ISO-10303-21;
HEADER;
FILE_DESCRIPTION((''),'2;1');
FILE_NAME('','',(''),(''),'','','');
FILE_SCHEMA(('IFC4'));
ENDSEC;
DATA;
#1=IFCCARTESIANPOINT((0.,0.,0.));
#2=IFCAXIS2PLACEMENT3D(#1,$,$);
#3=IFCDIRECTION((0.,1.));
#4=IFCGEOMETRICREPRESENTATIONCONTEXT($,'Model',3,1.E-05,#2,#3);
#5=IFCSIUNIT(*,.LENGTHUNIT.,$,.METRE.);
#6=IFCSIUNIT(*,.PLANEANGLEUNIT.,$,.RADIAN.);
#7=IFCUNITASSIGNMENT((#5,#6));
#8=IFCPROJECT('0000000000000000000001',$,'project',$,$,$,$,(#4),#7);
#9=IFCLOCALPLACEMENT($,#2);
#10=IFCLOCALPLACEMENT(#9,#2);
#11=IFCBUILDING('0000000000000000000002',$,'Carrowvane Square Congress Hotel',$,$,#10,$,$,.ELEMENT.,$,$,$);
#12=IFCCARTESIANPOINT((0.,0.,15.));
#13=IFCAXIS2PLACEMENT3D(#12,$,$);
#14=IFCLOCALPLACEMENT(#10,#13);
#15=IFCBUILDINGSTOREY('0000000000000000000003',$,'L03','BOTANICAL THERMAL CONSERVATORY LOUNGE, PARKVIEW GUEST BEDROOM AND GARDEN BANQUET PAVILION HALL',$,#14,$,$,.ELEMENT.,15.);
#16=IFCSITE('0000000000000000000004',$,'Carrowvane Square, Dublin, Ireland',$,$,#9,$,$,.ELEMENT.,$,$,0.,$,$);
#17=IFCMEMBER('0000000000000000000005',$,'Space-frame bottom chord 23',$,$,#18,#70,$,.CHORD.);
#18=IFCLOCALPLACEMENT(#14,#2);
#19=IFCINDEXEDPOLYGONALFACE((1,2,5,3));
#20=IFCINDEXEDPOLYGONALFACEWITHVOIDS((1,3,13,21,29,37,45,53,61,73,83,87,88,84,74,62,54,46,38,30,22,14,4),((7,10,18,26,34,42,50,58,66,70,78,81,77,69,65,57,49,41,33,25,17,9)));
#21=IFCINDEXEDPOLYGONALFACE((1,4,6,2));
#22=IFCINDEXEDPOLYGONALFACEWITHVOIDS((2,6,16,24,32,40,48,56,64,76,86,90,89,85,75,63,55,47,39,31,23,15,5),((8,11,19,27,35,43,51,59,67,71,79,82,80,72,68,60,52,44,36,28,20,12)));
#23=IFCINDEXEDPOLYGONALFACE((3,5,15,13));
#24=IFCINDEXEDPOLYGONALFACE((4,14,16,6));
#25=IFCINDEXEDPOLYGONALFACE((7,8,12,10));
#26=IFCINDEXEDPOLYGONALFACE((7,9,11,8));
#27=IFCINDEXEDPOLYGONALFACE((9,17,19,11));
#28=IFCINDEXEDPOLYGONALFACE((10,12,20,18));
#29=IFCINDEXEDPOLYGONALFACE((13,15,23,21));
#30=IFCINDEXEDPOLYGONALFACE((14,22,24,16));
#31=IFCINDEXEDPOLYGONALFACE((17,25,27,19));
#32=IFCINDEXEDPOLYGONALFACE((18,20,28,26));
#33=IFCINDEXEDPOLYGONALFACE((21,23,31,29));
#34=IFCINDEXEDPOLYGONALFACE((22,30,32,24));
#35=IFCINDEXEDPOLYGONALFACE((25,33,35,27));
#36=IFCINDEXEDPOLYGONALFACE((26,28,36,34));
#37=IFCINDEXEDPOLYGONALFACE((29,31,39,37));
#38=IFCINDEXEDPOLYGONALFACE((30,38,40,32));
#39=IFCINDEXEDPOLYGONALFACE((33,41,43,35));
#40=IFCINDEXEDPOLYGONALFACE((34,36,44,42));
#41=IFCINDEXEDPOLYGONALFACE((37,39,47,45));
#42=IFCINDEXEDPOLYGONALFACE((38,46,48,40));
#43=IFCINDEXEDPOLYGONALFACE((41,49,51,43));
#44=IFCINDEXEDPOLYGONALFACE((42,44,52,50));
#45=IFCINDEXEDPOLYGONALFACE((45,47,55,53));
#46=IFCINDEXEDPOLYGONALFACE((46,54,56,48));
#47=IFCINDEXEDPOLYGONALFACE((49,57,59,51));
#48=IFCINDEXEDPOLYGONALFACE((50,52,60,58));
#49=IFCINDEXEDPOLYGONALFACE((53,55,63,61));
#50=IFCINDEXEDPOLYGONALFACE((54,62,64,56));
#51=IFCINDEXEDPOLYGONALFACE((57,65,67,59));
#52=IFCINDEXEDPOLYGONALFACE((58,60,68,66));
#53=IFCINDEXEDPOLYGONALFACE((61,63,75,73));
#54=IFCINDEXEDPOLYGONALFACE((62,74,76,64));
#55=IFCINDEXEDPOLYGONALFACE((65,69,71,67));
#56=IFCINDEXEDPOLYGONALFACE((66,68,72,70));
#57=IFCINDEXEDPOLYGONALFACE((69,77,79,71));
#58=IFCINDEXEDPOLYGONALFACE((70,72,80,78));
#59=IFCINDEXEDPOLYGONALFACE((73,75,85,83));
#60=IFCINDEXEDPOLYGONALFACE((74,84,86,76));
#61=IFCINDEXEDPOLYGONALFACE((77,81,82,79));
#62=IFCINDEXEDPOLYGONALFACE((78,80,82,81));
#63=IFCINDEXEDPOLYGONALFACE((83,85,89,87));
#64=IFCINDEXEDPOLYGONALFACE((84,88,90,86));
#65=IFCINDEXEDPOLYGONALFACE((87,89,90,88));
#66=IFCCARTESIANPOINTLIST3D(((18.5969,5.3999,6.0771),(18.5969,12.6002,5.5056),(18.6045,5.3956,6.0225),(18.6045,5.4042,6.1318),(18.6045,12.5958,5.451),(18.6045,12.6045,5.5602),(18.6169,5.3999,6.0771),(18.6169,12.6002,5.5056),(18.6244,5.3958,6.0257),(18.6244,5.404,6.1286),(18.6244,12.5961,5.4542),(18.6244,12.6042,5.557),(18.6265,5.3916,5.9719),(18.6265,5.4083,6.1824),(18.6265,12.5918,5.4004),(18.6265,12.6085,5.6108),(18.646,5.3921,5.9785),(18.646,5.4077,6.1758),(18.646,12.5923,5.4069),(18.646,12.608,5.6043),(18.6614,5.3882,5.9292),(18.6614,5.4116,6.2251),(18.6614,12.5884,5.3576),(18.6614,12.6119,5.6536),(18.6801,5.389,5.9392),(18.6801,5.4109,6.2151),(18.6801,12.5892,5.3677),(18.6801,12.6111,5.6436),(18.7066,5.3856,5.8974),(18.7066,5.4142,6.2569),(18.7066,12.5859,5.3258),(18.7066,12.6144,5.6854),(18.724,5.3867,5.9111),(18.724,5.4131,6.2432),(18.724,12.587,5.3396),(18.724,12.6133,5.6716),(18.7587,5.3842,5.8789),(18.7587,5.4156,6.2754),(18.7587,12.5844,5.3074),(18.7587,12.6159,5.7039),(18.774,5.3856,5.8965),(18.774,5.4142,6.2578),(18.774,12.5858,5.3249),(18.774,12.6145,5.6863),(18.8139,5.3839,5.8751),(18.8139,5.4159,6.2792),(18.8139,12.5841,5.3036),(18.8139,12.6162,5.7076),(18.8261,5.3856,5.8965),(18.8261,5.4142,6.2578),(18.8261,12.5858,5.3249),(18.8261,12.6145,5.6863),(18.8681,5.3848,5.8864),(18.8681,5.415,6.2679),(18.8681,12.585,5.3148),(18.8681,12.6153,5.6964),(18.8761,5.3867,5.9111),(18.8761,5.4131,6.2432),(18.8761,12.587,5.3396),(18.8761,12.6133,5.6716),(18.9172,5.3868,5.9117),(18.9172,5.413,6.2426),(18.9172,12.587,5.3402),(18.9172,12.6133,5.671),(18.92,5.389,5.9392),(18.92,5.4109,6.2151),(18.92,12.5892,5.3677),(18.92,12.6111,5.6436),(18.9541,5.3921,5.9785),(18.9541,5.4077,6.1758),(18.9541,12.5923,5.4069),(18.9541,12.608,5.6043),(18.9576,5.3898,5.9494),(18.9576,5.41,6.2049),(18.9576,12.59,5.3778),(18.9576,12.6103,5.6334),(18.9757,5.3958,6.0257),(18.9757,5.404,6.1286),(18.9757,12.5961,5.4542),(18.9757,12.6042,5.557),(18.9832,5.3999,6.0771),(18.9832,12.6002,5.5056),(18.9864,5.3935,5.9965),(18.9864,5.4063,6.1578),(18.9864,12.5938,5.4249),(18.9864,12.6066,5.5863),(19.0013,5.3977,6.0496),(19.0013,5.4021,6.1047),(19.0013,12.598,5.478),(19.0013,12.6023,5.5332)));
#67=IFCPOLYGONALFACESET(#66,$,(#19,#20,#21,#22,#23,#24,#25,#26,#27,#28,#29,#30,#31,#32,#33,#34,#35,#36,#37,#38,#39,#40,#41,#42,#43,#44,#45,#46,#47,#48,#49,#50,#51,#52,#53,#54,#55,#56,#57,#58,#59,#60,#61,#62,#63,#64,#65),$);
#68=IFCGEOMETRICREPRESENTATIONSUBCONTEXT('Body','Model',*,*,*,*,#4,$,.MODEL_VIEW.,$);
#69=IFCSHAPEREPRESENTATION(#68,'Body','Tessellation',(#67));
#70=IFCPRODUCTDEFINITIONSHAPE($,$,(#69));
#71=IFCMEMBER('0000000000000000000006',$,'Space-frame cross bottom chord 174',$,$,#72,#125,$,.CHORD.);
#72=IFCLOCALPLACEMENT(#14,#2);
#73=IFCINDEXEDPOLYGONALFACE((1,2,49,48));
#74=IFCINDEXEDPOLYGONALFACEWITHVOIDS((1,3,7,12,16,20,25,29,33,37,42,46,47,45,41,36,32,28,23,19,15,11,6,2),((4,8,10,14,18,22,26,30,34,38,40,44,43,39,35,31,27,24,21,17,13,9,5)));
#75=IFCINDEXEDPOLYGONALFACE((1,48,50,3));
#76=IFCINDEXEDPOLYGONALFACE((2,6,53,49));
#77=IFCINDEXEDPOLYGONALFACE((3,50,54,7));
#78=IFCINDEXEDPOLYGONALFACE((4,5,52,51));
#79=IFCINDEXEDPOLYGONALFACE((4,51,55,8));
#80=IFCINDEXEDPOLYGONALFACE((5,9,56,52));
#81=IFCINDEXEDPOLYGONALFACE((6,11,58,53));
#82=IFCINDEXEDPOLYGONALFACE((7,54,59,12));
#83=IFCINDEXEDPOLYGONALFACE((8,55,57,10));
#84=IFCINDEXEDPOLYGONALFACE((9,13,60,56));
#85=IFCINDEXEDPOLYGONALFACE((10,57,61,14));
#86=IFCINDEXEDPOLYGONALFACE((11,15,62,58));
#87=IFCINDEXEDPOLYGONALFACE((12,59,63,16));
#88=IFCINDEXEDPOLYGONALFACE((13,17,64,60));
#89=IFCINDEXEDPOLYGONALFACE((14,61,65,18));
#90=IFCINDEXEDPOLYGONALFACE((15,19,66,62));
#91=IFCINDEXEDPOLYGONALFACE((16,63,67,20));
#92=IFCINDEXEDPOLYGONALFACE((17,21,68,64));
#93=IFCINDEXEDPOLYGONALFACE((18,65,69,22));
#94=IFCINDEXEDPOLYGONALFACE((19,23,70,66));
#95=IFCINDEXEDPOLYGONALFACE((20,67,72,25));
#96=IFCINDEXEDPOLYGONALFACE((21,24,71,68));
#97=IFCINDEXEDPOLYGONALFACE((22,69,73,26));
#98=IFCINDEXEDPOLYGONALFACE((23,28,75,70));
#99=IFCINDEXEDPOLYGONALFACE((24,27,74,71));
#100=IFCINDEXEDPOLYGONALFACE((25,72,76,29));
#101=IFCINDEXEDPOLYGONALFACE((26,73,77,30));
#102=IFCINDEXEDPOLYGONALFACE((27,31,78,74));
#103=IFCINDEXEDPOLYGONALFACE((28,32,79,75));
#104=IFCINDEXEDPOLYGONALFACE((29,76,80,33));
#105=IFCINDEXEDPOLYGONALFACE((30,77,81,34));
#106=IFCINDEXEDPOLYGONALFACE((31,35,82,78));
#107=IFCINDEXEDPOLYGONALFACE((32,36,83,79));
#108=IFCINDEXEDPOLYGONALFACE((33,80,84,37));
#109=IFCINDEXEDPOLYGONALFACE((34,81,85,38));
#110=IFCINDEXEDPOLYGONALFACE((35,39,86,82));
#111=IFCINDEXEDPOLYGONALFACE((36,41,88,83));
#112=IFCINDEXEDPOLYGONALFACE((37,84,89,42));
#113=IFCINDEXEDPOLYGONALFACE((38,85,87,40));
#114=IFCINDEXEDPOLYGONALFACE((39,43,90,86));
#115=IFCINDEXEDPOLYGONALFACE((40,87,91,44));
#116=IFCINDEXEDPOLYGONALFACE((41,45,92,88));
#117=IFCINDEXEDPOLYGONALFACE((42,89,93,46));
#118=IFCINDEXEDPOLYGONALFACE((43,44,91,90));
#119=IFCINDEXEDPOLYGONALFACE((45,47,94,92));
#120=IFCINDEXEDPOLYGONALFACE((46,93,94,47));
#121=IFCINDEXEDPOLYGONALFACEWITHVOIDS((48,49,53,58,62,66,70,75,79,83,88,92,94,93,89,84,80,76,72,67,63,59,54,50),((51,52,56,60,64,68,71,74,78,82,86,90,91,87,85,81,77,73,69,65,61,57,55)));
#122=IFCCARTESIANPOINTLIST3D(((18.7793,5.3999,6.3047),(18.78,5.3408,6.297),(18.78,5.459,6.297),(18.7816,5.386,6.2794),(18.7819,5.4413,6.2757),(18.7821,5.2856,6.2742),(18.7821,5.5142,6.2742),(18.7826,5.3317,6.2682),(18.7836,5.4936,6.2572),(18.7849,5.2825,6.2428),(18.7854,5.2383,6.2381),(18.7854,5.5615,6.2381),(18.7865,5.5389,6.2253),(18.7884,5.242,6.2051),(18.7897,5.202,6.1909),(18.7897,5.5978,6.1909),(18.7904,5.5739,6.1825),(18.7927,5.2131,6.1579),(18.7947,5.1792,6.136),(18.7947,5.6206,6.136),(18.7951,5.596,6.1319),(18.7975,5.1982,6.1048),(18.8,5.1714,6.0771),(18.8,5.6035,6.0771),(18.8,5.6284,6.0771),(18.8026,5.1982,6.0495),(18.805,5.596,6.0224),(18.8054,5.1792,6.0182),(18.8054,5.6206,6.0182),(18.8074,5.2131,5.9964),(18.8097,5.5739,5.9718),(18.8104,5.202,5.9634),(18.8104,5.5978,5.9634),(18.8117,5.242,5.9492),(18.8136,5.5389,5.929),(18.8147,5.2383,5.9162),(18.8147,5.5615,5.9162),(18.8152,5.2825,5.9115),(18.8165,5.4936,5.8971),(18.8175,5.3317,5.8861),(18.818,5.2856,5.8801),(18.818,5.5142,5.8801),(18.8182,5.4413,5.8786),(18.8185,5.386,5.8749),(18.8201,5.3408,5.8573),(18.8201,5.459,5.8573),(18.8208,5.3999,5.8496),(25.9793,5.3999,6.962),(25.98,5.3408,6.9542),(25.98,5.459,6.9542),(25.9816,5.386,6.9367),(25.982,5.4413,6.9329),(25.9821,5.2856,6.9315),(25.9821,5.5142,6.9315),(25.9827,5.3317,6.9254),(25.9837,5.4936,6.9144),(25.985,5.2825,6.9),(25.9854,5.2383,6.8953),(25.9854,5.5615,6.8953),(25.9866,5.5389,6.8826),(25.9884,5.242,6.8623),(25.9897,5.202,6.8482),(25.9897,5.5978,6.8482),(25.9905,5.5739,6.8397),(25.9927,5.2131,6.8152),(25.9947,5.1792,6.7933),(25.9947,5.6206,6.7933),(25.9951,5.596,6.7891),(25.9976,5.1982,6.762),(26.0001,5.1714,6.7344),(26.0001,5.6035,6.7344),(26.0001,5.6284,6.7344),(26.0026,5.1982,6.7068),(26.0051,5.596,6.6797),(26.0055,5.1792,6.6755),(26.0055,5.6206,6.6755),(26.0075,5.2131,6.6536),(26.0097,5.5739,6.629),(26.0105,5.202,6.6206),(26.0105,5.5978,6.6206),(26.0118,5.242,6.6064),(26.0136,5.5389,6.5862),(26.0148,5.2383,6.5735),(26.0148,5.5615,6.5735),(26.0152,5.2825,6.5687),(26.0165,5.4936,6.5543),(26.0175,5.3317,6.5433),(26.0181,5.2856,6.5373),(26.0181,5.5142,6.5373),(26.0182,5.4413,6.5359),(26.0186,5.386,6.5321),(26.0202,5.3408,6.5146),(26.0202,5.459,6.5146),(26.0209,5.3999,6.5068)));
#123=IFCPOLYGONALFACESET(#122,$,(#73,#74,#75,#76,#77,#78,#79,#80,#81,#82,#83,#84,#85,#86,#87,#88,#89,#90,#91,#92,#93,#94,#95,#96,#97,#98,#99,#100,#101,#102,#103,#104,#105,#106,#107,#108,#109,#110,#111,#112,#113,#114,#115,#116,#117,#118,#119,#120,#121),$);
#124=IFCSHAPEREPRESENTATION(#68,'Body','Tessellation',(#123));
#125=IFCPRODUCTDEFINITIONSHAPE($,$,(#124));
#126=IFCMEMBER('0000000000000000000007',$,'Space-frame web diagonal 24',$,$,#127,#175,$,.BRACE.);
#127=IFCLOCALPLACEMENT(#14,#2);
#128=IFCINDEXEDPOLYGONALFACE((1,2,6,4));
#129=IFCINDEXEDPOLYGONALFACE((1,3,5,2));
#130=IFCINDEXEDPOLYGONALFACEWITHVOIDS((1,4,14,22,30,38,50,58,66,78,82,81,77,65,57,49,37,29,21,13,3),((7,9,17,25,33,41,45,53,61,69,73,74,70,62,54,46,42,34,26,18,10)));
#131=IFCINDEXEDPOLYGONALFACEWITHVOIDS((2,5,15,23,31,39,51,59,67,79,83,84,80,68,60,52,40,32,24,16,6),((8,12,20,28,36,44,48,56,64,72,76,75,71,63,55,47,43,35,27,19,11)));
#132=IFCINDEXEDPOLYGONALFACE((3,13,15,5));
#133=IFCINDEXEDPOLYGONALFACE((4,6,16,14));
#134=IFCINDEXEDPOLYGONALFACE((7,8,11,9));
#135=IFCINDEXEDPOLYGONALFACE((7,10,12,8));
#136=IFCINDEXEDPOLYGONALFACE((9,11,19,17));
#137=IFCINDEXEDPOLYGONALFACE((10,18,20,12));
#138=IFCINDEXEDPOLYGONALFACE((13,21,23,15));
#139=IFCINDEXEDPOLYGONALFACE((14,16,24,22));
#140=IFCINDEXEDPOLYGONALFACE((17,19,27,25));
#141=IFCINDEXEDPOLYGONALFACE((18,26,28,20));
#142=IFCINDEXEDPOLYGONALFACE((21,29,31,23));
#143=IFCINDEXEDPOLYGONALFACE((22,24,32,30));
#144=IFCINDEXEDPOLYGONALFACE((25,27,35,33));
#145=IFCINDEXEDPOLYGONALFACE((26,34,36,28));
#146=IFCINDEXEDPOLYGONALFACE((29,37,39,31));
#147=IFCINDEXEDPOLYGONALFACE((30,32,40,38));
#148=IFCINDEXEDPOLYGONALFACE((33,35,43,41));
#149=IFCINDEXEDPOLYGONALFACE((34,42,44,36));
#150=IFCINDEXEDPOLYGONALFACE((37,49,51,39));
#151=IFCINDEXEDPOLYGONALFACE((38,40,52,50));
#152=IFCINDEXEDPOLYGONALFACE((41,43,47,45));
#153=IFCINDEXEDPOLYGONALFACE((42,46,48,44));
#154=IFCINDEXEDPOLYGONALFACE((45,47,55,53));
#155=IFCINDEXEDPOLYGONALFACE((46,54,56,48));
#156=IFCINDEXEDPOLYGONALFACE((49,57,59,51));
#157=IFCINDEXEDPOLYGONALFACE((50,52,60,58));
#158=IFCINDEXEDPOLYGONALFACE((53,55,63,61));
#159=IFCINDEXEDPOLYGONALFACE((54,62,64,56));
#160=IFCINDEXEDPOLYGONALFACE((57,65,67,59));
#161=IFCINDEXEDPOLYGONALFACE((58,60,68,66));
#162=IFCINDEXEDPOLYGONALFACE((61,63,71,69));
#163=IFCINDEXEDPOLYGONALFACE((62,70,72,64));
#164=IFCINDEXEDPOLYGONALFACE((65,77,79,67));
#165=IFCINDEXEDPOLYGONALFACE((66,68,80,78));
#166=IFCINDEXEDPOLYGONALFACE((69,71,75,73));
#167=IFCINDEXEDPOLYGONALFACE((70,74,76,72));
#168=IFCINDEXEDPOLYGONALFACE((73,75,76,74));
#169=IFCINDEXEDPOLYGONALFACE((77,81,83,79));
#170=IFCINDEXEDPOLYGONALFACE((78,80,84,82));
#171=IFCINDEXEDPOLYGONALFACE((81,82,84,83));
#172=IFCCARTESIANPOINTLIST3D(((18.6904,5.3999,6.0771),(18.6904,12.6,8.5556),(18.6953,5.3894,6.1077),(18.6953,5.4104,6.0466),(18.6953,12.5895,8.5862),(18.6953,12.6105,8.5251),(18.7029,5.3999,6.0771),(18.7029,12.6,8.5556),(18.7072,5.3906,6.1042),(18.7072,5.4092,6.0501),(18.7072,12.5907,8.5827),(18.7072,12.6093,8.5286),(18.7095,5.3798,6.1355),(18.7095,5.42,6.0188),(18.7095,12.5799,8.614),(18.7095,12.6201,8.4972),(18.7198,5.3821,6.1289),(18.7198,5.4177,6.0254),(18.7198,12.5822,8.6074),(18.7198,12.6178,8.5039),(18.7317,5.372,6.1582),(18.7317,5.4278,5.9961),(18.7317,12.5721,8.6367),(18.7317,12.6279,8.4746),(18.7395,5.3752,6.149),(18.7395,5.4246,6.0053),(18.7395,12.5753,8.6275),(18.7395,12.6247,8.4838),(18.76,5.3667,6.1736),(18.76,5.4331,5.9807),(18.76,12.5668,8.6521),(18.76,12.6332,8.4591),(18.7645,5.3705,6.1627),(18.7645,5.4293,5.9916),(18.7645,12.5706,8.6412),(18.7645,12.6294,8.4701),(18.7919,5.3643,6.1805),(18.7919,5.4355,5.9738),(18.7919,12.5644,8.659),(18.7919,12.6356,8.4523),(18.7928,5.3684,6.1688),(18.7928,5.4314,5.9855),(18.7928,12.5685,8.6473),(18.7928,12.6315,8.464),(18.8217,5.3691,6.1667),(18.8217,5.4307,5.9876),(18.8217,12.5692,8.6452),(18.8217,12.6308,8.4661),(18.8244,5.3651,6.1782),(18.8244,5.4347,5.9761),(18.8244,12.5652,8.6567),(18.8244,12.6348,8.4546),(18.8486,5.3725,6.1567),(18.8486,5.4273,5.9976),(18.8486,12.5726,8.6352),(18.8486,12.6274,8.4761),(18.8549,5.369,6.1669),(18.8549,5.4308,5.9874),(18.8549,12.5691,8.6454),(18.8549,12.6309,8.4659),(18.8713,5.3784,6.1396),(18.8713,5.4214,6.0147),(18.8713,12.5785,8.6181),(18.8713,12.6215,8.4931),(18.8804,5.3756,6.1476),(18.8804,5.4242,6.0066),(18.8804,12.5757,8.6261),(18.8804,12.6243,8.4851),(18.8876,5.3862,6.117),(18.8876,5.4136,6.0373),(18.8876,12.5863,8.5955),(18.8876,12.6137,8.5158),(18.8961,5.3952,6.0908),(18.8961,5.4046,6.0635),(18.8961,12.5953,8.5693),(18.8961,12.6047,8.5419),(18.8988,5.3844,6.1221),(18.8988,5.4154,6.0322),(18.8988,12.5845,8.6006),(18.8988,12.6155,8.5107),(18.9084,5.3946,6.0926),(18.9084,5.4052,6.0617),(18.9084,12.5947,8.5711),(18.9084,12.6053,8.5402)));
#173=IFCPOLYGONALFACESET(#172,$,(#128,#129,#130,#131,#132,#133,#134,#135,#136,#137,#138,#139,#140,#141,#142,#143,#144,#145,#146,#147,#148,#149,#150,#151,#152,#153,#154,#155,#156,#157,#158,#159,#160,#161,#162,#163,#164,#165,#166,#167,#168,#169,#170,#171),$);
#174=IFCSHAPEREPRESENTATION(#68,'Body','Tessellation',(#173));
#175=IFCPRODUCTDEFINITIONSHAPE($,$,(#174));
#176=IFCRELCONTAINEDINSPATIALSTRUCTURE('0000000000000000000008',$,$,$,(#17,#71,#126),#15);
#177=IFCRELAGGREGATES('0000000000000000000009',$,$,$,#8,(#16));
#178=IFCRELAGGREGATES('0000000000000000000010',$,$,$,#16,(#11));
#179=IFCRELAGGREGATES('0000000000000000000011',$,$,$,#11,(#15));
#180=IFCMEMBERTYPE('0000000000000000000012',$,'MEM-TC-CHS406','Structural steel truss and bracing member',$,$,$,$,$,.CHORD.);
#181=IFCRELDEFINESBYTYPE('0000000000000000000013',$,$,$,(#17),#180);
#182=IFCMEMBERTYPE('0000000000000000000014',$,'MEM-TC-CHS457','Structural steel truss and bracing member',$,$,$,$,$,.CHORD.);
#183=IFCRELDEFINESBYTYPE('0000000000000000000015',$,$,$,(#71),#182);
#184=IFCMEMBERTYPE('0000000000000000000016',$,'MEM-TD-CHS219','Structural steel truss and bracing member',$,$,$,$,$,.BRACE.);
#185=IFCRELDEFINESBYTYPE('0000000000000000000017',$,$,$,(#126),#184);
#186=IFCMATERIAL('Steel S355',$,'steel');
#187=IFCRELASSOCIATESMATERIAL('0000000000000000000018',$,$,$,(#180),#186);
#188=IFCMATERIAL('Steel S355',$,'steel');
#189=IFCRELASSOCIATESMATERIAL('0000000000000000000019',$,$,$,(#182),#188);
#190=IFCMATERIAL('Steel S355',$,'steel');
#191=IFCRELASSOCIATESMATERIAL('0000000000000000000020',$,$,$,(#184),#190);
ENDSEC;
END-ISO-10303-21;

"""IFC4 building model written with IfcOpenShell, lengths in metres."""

from ifc_helpers import new_model, si_unit, direction, frame, origin, origin_2d, place, context, subcontext, project, spatial, hollow_circle, extrude, material, material_profile, profile_set, type_object, element, save


model = new_model("IFC4")

# Units and contexts
model_context = context("Model", 3, precision=1e-05, world=origin(), true_north=direction((0.0, 1.0)))
body_context = subcontext(model_context, "Body", "Model", "MODEL_VIEW")
ifc_project = project(units=[si_unit("LENGTHUNIT", "METRE"), si_unit("PLANEANGLEUNIT", "RADIAN")], contexts=[model_context])

# Site, building, storey
site_placement = place(None, origin())
site = spatial("IfcSite", under=ifc_project, at=site_placement, Name="Carrowvane Square, Dublin, Ireland", CompositionType="ELEMENT", RefElevation=0.0)
building_placement = place(site_placement, origin())
building = spatial("IfcBuilding", under=site, at=building_placement, Name="Carrowvane Square Congress Hotel", CompositionType="ELEMENT")
storey_placement = place(building_placement, frame((0.0, 0.0, 15.0)))
storey = spatial("IfcBuildingStorey", under=building, at=storey_placement, Name="L03", Description="BOTANICAL THERMAL CONSERVATORY LOUNGE, PARKVIEW GUEST BEDROOM AND GARDEN BANQUET PAVILION HALL", CompositionType="ELEMENT", Elevation=15.0)

# Members
ifc_material_1 = material(Name="Steel S355", Category="steel")
ifc_material_profile_1 = material_profile(ifc_material_1, hollow_circle(Radius=0.2031, WallThickness=0.02, at=origin_2d()), Name="CHS 406.4x20")
ifc_profile_set_1 = profile_set([ifc_material_profile_1], Name="Steel S355")
member_type_1 = type_object("IfcMemberType", Name="MEM-TC-CHS406", Description="Structural steel truss and bracing member", PredefinedType="CHORD", material=ifc_profile_set_1)
member_1_placement = place(storey_placement, frame((18.8, 5.3999, 6.0771), z_axis=(0.0, 0.996864, -0.079129), x_axis=(-1.0, 0.0, 0.0)))
element("IfcMember", 1, at=member_1_placement, inside=storey, type_object=member_type_1, Name="Space-frame bottom chord 23", PredefinedType="CHORD", context=body_context, shape_type="SweptSolid", body=[
    extrude(hollow_circle(Radius=0.2031, WallThickness=0.02, at=origin_2d()), origin(), (0.0, 0.0, 1.0), 7.2229),
])
ifc_material_2 = material(Name="Steel S355", Category="steel")
ifc_material_profile_2 = material_profile(ifc_material_2, hollow_circle(Radius=0.2285, WallThickness=0.0249, at=origin_2d()), Name="CHS 457.0x25")
ifc_profile_set_2 = profile_set([ifc_material_profile_2], Name="Steel S355")
member_type_2 = type_object("IfcMemberType", Name="MEM-TC-CHS457", Description="Structural steel truss and bracing member", PredefinedType="CHORD", material=ifc_profile_set_2)
member_2_placement = place(storey_placement, frame((18.8, 5.3999, 6.0771), z_axis=(0.99586, 0.0, 0.090904), x_axis=(0.0, 1.0, 0.0)))
element("IfcMember", 2, at=member_2_placement, inside=storey, type_object=member_type_2, Name="Space-frame cross bottom chord 174", PredefinedType="CHORD", context=body_context, shape_type="SweptSolid", body=[
    extrude(hollow_circle(Radius=0.2285, WallThickness=0.0249, at=origin_2d()), origin(), (0.0, 0.0, 1.0), 7.23),
])
ifc_material_3 = material(Name="Steel S355", Category="steel")
ifc_material_profile_3 = material_profile(ifc_material_3, hollow_circle(Radius=0.1096, WallThickness=0.0125, at=origin_2d()), Name="CHS 219.1x12.5")
ifc_profile_set_3 = profile_set([ifc_material_profile_3], Name="Steel S355")
member_type_3 = type_object("IfcMemberType", Name="MEM-TD-CHS219", Description="Structural steel truss and bracing member", PredefinedType="BRACE", material=ifc_profile_set_3)
member_3_placement = place(storey_placement, frame((18.8, 5.3999, 6.0771), z_axis=(0.0, 0.945547, 0.325485), x_axis=(-1.0, 0.0, 0.0)))
element("IfcMember", 3, at=member_3_placement, inside=storey, type_object=member_type_3, Name="Space-frame web diagonal 24", PredefinedType="BRACE", context=body_context, shape_type="SweptSolid", body=[
    extrude(hollow_circle(Radius=0.1096, WallThickness=0.0125, at=origin_2d()), origin(), (0.0, 0.0, 1.0), 7.6147),
])

save(model, "model.ifc")
